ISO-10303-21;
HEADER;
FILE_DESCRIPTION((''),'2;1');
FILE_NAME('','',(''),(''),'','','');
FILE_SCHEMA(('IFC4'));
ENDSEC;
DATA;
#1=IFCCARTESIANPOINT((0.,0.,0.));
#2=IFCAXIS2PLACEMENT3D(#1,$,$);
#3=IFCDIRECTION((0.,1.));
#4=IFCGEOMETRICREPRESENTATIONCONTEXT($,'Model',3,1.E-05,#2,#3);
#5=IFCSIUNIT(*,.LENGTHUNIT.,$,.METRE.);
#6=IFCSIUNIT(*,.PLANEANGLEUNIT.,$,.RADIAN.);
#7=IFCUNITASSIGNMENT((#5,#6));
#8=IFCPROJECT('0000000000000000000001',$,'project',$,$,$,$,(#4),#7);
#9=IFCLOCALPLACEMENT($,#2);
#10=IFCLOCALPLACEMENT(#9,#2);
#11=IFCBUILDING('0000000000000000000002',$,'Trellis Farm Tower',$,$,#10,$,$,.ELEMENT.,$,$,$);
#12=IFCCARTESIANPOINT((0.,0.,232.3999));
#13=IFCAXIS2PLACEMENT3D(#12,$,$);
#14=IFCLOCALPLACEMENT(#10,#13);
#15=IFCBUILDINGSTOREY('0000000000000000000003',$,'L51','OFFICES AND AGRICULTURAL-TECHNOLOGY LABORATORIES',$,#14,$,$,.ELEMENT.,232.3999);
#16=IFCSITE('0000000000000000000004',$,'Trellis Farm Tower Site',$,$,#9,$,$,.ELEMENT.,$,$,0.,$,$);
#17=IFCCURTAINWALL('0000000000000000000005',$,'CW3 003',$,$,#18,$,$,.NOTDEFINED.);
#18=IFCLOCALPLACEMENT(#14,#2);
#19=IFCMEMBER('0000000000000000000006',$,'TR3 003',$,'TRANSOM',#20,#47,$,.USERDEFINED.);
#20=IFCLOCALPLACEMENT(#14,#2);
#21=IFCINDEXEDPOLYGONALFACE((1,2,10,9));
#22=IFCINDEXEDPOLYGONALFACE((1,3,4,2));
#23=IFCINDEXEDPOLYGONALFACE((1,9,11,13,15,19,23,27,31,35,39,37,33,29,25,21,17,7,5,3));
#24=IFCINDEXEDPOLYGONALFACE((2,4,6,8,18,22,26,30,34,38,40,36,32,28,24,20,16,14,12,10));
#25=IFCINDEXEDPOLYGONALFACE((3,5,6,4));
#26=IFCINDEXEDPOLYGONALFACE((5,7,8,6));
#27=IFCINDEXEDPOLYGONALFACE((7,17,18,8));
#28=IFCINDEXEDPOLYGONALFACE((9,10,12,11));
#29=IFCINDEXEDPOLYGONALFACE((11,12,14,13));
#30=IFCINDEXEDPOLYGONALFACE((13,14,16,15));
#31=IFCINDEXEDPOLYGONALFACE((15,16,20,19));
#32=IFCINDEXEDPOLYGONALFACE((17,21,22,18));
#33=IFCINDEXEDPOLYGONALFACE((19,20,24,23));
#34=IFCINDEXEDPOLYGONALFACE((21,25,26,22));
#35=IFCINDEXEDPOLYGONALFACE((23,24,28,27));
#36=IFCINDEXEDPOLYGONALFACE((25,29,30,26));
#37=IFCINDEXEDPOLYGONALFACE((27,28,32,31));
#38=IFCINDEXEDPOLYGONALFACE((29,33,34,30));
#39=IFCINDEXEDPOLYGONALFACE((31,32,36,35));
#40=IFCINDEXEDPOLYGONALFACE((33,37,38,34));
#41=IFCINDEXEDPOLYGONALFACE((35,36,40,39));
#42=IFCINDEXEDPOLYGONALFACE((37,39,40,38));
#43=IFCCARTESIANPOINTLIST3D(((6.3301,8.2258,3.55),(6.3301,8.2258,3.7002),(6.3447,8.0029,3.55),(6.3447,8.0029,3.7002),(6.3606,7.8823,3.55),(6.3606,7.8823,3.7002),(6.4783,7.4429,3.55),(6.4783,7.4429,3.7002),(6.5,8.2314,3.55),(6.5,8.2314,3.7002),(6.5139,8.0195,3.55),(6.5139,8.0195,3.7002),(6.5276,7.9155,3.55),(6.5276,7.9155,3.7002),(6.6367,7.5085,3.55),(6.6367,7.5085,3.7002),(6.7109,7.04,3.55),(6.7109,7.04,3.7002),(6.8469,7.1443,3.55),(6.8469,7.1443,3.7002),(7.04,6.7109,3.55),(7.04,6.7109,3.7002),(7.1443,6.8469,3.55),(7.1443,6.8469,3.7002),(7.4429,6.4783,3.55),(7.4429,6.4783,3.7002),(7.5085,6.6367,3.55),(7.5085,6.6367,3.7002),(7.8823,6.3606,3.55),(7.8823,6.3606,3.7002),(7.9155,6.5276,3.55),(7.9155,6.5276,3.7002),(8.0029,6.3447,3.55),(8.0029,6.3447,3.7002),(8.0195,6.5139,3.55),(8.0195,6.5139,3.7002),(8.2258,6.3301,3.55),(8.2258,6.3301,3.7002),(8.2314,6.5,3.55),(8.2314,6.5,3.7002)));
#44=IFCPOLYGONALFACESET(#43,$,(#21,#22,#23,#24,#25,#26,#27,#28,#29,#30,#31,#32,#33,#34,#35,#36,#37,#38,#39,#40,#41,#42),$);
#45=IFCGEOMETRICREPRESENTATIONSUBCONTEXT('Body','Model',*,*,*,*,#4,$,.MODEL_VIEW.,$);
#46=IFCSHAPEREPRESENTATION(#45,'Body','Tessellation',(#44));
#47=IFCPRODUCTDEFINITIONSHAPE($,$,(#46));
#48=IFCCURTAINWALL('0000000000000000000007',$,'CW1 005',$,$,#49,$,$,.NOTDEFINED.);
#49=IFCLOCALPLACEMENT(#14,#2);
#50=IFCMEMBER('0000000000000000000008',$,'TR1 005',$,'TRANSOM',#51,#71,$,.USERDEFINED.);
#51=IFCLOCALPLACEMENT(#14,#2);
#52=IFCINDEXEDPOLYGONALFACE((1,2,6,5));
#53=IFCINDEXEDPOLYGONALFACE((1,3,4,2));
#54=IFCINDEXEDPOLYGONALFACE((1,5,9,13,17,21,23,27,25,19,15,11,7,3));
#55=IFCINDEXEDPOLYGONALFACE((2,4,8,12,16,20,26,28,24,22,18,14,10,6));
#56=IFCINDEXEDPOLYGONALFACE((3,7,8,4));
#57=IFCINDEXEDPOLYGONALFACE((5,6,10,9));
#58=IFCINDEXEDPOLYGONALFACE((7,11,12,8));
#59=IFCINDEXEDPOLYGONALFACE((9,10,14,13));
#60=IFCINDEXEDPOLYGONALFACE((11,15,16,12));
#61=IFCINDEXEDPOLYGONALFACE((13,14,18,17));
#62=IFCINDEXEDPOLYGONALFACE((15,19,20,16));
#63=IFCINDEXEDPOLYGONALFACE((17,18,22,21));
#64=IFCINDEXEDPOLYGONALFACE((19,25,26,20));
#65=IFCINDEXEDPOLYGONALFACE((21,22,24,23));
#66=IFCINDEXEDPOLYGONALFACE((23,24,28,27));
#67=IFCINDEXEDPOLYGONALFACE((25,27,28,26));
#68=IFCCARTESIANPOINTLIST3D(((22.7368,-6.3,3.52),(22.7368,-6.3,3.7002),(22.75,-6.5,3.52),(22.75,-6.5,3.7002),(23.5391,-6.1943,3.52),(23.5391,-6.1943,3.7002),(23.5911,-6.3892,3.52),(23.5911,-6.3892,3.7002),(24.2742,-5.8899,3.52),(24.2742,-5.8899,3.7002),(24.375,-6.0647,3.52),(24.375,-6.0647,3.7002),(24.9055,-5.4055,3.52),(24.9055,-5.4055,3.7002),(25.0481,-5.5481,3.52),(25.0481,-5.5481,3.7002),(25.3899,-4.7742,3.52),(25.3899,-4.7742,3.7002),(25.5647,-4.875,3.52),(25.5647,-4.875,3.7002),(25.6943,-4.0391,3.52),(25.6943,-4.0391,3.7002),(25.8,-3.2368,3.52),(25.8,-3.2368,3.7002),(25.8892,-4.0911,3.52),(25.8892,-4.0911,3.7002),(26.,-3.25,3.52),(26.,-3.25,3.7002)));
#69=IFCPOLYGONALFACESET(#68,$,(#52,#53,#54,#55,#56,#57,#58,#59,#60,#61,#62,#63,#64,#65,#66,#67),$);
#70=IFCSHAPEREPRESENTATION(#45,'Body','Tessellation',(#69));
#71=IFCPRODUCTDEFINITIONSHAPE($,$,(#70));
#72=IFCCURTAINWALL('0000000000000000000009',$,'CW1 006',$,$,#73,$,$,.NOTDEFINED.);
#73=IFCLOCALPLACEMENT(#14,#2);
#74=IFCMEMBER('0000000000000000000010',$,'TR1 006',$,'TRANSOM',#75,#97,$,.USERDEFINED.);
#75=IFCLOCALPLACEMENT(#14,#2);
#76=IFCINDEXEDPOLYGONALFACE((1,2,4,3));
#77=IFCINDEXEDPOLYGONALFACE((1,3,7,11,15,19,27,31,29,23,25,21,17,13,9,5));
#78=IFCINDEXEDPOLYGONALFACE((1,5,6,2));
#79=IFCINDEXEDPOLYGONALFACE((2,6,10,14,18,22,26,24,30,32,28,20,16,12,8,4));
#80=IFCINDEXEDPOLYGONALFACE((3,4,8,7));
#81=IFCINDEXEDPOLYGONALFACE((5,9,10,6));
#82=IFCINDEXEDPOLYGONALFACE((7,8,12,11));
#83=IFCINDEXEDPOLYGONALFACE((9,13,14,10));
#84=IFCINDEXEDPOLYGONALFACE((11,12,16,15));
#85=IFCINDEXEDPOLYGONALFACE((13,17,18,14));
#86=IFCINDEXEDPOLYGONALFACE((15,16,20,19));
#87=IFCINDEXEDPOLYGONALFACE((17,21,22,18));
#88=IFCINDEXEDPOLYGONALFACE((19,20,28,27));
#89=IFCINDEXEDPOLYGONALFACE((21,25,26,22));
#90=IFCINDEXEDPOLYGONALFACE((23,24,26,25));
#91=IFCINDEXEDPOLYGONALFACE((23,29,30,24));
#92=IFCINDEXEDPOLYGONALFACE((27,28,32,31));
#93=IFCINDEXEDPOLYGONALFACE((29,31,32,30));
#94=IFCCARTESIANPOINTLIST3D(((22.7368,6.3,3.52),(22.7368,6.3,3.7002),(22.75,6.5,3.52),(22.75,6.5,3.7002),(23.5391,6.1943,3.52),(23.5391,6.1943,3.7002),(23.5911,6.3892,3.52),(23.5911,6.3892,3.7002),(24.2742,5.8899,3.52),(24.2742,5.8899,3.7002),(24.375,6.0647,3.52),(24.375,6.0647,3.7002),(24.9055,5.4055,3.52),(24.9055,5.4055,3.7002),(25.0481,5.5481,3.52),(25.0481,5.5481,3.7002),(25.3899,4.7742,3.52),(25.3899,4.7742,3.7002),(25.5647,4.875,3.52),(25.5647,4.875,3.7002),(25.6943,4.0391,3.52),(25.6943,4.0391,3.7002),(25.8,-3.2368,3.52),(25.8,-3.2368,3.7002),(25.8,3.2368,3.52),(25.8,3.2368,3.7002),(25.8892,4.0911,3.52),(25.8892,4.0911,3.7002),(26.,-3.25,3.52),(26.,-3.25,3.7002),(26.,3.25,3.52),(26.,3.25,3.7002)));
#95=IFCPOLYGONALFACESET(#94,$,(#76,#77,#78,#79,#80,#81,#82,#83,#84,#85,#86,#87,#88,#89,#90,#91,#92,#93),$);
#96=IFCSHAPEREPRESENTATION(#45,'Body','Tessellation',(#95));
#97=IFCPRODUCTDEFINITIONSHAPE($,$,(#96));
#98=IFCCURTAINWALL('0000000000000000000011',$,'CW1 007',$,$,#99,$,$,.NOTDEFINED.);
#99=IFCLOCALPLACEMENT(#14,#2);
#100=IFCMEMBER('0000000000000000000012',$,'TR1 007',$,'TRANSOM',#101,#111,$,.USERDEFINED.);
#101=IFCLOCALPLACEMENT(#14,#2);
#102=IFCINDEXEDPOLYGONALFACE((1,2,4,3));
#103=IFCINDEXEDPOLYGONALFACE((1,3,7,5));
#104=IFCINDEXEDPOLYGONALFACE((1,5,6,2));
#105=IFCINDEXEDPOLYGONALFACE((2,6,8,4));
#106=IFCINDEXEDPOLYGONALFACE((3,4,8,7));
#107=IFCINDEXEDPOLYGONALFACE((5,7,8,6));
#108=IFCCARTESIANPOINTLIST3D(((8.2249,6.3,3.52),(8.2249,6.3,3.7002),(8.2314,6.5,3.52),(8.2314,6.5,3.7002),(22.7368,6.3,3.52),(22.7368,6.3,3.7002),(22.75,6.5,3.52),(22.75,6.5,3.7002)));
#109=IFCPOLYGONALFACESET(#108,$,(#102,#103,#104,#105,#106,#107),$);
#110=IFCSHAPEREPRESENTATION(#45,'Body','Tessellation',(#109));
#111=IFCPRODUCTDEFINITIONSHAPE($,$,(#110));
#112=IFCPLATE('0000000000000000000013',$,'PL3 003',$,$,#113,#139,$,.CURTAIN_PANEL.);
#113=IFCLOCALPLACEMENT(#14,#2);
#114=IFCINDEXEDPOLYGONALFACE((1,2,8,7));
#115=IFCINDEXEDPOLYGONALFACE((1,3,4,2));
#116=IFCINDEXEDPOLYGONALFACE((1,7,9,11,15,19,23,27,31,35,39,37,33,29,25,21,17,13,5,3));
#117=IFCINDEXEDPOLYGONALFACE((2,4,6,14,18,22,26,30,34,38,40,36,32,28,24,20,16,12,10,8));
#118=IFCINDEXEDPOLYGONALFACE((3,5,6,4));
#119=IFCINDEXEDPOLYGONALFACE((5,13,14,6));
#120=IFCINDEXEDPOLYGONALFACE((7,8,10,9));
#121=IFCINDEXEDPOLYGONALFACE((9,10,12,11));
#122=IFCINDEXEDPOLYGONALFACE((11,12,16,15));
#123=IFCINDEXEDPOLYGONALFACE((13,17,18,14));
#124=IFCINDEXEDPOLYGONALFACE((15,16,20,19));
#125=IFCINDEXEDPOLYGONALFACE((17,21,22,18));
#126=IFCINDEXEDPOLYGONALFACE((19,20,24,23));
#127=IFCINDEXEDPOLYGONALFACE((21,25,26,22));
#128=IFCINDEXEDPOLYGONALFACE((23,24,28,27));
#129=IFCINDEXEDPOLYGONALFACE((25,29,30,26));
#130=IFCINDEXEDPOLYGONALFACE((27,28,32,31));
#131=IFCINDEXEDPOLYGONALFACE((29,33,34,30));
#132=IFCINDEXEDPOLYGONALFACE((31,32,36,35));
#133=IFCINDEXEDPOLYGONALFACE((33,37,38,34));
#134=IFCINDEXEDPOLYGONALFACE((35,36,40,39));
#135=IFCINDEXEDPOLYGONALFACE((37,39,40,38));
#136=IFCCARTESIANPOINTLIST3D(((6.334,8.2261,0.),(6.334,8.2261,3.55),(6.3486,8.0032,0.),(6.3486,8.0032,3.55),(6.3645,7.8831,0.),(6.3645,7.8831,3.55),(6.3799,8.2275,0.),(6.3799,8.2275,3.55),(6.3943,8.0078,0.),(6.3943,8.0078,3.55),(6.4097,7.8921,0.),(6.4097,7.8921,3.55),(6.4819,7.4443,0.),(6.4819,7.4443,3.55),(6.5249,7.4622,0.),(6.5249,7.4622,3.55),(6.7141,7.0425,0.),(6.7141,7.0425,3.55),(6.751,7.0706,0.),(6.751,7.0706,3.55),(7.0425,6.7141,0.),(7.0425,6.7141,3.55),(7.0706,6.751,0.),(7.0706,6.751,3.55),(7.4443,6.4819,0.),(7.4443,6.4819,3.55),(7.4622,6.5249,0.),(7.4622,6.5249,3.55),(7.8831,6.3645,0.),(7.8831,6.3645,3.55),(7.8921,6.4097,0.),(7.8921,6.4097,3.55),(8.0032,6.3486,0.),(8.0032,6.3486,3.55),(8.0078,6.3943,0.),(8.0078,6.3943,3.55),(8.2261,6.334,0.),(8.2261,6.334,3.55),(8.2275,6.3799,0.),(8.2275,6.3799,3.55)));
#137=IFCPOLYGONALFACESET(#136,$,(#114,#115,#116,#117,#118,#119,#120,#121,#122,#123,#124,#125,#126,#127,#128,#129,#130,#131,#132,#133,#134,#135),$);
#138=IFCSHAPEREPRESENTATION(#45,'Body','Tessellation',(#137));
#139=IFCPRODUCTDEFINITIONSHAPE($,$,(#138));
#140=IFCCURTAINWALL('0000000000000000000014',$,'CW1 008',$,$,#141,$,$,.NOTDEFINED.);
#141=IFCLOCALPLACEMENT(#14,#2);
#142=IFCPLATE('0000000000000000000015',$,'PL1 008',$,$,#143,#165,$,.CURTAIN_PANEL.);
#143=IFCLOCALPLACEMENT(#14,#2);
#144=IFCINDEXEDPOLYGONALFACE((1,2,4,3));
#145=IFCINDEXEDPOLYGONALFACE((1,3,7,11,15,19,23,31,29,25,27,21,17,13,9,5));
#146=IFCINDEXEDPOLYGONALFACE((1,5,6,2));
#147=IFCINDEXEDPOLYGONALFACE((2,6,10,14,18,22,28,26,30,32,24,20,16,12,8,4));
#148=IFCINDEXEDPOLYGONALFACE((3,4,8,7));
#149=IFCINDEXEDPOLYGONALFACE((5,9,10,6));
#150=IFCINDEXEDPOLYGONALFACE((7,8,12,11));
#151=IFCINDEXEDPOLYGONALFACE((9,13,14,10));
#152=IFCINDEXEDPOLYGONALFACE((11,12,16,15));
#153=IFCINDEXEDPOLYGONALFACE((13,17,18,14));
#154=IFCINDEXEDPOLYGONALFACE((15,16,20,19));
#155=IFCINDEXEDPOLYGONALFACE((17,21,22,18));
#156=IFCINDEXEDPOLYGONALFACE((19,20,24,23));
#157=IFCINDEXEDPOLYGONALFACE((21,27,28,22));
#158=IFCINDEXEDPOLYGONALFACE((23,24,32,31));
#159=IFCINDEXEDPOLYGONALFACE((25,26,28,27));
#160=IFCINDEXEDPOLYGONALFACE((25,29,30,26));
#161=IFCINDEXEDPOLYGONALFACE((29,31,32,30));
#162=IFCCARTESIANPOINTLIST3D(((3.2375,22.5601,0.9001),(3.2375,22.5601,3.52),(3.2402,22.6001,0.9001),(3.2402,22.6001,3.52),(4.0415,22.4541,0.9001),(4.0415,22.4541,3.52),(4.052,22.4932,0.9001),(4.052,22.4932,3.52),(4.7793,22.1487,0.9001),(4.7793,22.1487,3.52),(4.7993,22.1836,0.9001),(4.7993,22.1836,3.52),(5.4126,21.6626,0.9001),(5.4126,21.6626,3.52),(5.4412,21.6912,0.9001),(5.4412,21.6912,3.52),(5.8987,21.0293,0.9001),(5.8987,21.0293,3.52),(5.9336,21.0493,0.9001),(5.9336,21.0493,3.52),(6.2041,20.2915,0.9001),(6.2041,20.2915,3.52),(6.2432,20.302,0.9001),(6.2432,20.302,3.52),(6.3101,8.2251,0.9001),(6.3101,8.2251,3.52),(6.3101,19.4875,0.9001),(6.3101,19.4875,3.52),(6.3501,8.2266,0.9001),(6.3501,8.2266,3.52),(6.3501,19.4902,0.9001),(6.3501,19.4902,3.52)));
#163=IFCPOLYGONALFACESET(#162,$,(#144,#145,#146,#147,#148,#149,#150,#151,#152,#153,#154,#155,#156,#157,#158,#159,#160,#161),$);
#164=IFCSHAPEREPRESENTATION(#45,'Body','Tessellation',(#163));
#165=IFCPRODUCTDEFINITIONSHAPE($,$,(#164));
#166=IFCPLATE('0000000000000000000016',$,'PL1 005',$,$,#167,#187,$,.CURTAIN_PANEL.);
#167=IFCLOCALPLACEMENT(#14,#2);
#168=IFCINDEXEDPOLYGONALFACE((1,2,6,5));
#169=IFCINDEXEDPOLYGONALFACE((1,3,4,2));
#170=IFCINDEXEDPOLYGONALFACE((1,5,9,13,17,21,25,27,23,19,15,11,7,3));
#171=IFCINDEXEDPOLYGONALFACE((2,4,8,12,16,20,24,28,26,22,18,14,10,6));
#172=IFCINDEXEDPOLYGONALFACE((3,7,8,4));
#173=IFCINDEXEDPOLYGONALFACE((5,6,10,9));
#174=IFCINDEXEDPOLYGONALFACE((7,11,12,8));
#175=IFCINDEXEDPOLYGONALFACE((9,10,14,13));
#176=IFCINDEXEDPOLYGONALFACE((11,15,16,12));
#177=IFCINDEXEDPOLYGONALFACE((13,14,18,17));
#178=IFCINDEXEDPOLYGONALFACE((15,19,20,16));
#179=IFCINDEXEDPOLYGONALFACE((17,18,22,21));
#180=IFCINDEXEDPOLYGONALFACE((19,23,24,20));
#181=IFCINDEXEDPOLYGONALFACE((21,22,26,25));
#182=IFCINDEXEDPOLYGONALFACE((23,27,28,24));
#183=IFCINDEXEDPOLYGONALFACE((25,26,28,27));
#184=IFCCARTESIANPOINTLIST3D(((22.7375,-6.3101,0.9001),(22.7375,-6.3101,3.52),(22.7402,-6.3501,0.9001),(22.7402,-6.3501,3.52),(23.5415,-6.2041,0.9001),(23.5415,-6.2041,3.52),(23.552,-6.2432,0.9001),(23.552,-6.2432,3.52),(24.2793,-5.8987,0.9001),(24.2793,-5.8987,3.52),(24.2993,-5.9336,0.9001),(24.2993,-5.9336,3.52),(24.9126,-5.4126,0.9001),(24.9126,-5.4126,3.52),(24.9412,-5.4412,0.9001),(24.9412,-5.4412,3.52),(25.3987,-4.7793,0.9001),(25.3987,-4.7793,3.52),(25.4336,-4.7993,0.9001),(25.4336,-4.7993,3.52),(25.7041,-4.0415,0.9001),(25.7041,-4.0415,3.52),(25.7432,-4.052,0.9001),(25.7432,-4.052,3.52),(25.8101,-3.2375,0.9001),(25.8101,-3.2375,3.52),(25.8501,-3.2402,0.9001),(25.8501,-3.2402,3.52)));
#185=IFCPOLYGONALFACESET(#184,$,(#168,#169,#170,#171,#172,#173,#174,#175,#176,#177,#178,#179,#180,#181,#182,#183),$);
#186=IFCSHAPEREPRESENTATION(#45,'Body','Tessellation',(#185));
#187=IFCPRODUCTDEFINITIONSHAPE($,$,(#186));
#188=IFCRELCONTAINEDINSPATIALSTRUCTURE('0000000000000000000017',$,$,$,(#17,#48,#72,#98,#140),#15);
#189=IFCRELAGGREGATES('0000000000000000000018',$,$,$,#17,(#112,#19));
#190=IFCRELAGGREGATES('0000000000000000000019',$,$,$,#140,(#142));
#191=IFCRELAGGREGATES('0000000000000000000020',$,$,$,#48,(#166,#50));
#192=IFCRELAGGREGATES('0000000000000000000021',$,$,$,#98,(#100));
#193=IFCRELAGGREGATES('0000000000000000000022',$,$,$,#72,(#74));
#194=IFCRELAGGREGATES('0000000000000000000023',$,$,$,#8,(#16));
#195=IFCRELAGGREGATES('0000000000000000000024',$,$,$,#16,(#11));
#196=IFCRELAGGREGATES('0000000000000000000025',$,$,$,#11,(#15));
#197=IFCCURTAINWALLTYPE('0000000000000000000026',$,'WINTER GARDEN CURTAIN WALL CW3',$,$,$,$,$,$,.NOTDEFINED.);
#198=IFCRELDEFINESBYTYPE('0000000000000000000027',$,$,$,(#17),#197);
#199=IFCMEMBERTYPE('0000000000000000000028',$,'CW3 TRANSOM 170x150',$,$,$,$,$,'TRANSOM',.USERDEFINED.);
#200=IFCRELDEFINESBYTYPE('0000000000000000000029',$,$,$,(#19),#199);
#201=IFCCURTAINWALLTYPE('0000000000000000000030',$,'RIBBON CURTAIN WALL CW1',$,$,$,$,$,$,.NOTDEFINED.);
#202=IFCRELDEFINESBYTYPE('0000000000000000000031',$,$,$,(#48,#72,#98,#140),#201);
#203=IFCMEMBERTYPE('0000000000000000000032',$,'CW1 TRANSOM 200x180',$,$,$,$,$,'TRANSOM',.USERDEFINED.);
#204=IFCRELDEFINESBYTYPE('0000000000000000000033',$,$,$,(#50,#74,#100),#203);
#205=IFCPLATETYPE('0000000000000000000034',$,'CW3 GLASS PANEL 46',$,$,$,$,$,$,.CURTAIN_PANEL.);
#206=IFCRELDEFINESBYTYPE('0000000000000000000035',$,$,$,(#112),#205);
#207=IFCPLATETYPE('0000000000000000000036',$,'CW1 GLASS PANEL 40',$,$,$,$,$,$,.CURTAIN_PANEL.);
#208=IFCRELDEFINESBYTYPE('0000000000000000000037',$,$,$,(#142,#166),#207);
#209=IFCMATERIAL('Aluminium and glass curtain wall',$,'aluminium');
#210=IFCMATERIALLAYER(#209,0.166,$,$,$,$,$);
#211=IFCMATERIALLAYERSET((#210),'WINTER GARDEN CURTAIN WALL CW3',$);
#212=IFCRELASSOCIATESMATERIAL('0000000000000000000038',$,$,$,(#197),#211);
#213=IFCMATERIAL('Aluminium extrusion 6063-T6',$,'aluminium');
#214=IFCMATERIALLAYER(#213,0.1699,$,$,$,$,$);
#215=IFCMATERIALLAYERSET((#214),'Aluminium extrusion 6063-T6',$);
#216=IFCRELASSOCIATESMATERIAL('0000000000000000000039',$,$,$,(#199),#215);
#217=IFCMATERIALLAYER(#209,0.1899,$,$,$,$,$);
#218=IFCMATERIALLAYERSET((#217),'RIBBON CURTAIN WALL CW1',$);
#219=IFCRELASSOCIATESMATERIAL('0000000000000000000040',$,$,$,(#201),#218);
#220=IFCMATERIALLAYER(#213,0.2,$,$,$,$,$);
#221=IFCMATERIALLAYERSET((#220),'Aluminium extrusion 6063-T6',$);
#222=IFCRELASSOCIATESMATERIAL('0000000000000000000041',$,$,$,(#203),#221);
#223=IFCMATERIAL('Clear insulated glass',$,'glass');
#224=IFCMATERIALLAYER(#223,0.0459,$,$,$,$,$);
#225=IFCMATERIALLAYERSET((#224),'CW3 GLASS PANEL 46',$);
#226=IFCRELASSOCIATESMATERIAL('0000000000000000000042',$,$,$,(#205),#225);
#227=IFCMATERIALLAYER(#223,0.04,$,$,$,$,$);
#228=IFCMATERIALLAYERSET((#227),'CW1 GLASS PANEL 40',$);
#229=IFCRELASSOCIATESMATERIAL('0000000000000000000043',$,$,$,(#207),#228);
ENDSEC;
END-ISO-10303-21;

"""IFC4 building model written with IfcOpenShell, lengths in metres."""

from ifc_helpers import new_model, si_unit, direction, frame, origin, place, context, subcontext, project, spatial, polyline, outline, extrude, source, transform, mapped, material, layer, layer_set, type_object, element, aggregate, save


model = new_model("IFC4")

# Units and contexts
model_context = context("Model", 3, precision=1e-05, world=origin(), true_north=direction((0.0, 1.0)))
body_context = subcontext(model_context, "Body", "Model", "MODEL_VIEW")
ifc_project = project(units=[si_unit("LENGTHUNIT", "METRE"), si_unit("PLANEANGLEUNIT", "RADIAN")], contexts=[model_context])

# Site, building, storey
site_placement = place(None, origin())
site = spatial("IfcSite", under=ifc_project, at=site_placement, Name="Trellis Farm Tower Site", CompositionType="ELEMENT", RefElevation=0.0)
building_placement = place(site_placement, origin())
building = spatial("IfcBuilding", under=site, at=building_placement, Name="Trellis Farm Tower", CompositionType="ELEMENT")
storey_placement = place(building_placement, frame((0.0, 0.0, 232.3999)))
storey = spatial("IfcBuildingStorey", under=building, at=storey_placement, Name="L51", Description="OFFICES AND AGRICULTURAL-TECHNOLOGY LABORATORIES", CompositionType="ELEMENT", Elevation=232.3999)

# Curtain walls, members
ifc_material_1 = material(Name="Aluminium and glass curtain wall", Category="aluminium")
ifc_layer_1 = layer(ifc_material_1, 0.166)
ifc_layer_set_1 = layer_set([ifc_layer_1], Name="WINTER GARDEN CURTAIN WALL CW3")
curtain_wall_type_1 = type_object("IfcCurtainWallType", Name="WINTER GARDEN CURTAIN WALL CW3", PredefinedType="NOTDEFINED", material=ifc_layer_set_1)
placement_1 = place(storey_placement, origin())
curtain_wall_1 = element("IfcCurtainWall", 1, at=placement_1, inside=storey, type_object=curtain_wall_type_1, Name="CW3 003", PredefinedType="NOTDEFINED")
ifc_material_2 = material(Name="Aluminium extrusion 6063-T6", Category="aluminium")
ifc_layer_2 = layer(ifc_material_2, 0.1699)
ifc_layer_set_2 = layer_set([ifc_layer_2], Name="Aluminium extrusion 6063-T6")
member_type_1 = type_object("IfcMemberType", Name="CW3 TRANSOM 170x150", ElementType="TRANSOM", PredefinedType="USERDEFINED", material=ifc_layer_set_2)
shared_shape_1 = source(origin(), body_context, "Body", "SweptSolid", [
    extrude(outline(polyline([(8.2314, 6.5), (8.0195, 6.5139), (7.9155, 6.5276), (7.5085, 6.6367), (7.1443, 6.8469), (6.8469, 7.1443), (6.6367, 7.5085), (6.5276, 7.9155), (6.5139, 8.0195), (6.5, 8.2314), (6.3301, 8.2258), (6.3447, 8.0029), (6.3606, 7.8823), (6.4783, 7.4429), (6.7109, 7.04), (7.04, 6.7109), (7.4429, 6.4783), (7.8823, 6.3606), (8.0029, 6.3447), (8.2258, 6.3301), (8.2314, 6.5)])), origin(), (0.0, 0.0, 1.0), 0.1501),
])
member_1_placement = place(storey_placement, frame((0.0, 0.0, 3.55)))
member_1 = element("IfcMember", 2, at=member_1_placement, type_object=member_type_1, Name="TR3 003", ObjectType="TRANSOM", PredefinedType="USERDEFINED", context=body_context, shape_type="MappedRepresentation", body=[
    mapped(shared_shape_1, transform((0.0, 0.0, 0.0))),
])
ifc_layer_3 = layer(ifc_material_1, 0.1899)
ifc_layer_set_3 = layer_set([ifc_layer_3], Name="RIBBON CURTAIN WALL CW1")
curtain_wall_type_2 = type_object("IfcCurtainWallType", Name="RIBBON CURTAIN WALL CW1", PredefinedType="NOTDEFINED", material=ifc_layer_set_3)
curtain_wall_2 = element("IfcCurtainWall", 3, at=placement_1, inside=storey, type_object=curtain_wall_type_2, Name="CW1 005", PredefinedType="NOTDEFINED")
ifc_layer_4 = layer(ifc_material_2, 0.2)
ifc_layer_set_4 = layer_set([ifc_layer_4], Name="Aluminium extrusion 6063-T6")
member_type_2 = type_object("IfcMemberType", Name="CW1 TRANSOM 200x180", ElementType="TRANSOM", PredefinedType="USERDEFINED", material=ifc_layer_set_4)
shared_shape_2 = source(origin(), body_context, "Body", "SweptSolid", [
    extrude(outline(polyline([(22.75, -6.5), (23.5911, -6.3892), (24.375, -6.0647), (25.0481, -5.5481), (25.5647, -4.875), (25.8892, -4.0911), (26.0, -3.25), (25.8, -3.2368), (25.6943, -4.0391), (25.3899, -4.7742), (24.9055, -5.4055), (24.2742, -5.8899), (23.5391, -6.1943), (22.7368, -6.3), (22.75, -6.5)])), origin(), (0.0, 0.0, 1.0), 0.1802),
])
placement_2 = place(storey_placement, frame((0.0, 0.0, 3.52)))
member_2 = element("IfcMember", 4, at=placement_2, type_object=member_type_2, Name="TR1 005", ObjectType="TRANSOM", PredefinedType="USERDEFINED", context=body_context, shape_type="MappedRepresentation", body=[
    mapped(shared_shape_2, transform((0.0, 0.0, 0.0))),
])
curtain_wall_3 = element("IfcCurtainWall", 5, at=placement_1, inside=storey, type_object=curtain_wall_type_2, Name="CW1 006", PredefinedType="NOTDEFINED")
shared_shape_3 = source(origin(), body_context, "Body", "SweptSolid", [
    extrude(outline(polyline([(26.0, -3.25), (26.0, 3.25), (25.8892, 4.0911), (25.5647, 4.875), (25.0481, 5.5481), (24.375, 6.0647), (23.5911, 6.3892), (22.75, 6.5), (22.7368, 6.3), (23.5391, 6.1943), (24.2742, 5.8899), (24.9055, 5.4055), (25.3899, 4.7742), (25.6943, 4.0391), (25.8, 3.2368), (25.8, -3.2368), (26.0, -3.25)])), origin(), (0.0, 0.0, 1.0), 0.1802),
])
member_3 = element("IfcMember", 6, at=placement_2, type_object=member_type_2, Name="TR1 006", ObjectType="TRANSOM", PredefinedType="USERDEFINED", context=body_context, shape_type="MappedRepresentation", body=[
    mapped(shared_shape_3, transform((0.0, 0.0, 0.0))),
])
curtain_wall_4 = element("IfcCurtainWall", 7, at=placement_1, inside=storey, type_object=curtain_wall_type_2, Name="CW1 007", PredefinedType="NOTDEFINED")
shared_shape_4 = source(origin(), body_context, "Body", "SweptSolid", [
    extrude(outline(polyline([(22.75, 6.5), (8.2314, 6.5), (8.2249, 6.3), (22.7368, 6.3), (22.75, 6.5)])), origin(), (0.0, 0.0, 1.0), 0.1802),
])
member_4 = element("IfcMember", 8, at=placement_2, type_object=member_type_2, Name="TR1 007", ObjectType="TRANSOM", PredefinedType="USERDEFINED", context=body_context, shape_type="MappedRepresentation", body=[
    mapped(shared_shape_4, transform((0.0, 0.0, 0.0))),
])

# Plate
ifc_material_3 = material(Name="Clear insulated glass", Category="glass")
ifc_layer_5 = layer(ifc_material_3, 0.0459)
ifc_layer_set_5 = layer_set([ifc_layer_5], Name="CW3 GLASS PANEL 46")
plate_type_1 = type_object("IfcPlateType", Name="CW3 GLASS PANEL 46", PredefinedType="CURTAIN_PANEL", material=ifc_layer_set_5)
shared_shape_5 = source(origin(), body_context, "Body", "SweptSolid", [
    extrude(outline(polyline([(8.2275, 6.3799), (8.0078, 6.3943), (7.8921, 6.4097), (7.4622, 6.5249), (7.0706, 6.751), (6.751, 7.0706), (6.5249, 7.4622), (6.4097, 7.8921), (6.3943, 8.0078), (6.3799, 8.2275), (6.334, 8.2261), (6.3486, 8.0032), (6.3645, 7.8831), (6.4819, 7.4443), (6.7141, 7.0425), (7.0425, 6.7141), (7.4443, 6.4819), (7.8831, 6.3645), (8.0032, 6.3486), (8.2261, 6.334), (8.2275, 6.3799)])), origin(), (0.0, 0.0, 1.0), 3.55),
])
plate_1 = element("IfcPlate", 9, at=placement_1, type_object=plate_type_1, Name="PL3 003", PredefinedType="CURTAIN_PANEL", context=body_context, shape_type="MappedRepresentation", body=[
    mapped(shared_shape_5, transform((0.0, 0.0, 0.0))),
])
aggregate(curtain_wall_1, [plate_1, member_1])

# Curtain wall, plate
curtain_wall_5 = element("IfcCurtainWall", 10, at=placement_1, inside=storey, type_object=curtain_wall_type_2, Name="CW1 008", PredefinedType="NOTDEFINED")
ifc_layer_6 = layer(ifc_material_3, 0.04)
ifc_layer_set_6 = layer_set([ifc_layer_6], Name="CW1 GLASS PANEL 40")
plate_type_2 = type_object("IfcPlateType", Name="CW1 GLASS PANEL 40", PredefinedType="CURTAIN_PANEL", material=ifc_layer_set_6)
shared_shape_6 = source(origin(), body_context, "Body", "SweptSolid", [
    extrude(outline(polyline([(6.3501, 8.2266), (6.3501, 19.4902), (6.2432, 20.302), (5.9336, 21.0493), (5.4412, 21.6912), (4.7993, 22.1836), (4.052, 22.4932), (3.2402, 22.6001), (3.2375, 22.5601), (4.0415, 22.4541), (4.7793, 22.1487), (5.4126, 21.6626), (5.8987, 21.0293), (6.2041, 20.2915), (6.3101, 19.4875), (6.3101, 8.2251), (6.3501, 8.2266)])), origin(), (0.0, 0.0, 1.0), 2.6199),
])
placement_3 = place(storey_placement, frame((0.0, 0.0, 0.9001)))
plate_2 = element("IfcPlate", 11, at=placement_3, type_object=plate_type_2, Name="PL1 008", PredefinedType="CURTAIN_PANEL", context=body_context, shape_type="MappedRepresentation", body=[
    mapped(shared_shape_6, transform((0.0, 0.0, 0.0))),
])
aggregate(curtain_wall_5, [plate_2])

# Plate
shared_shape_7 = source(origin(), body_context, "Body", "SweptSolid", [
    extrude(outline(polyline([(22.7402, -6.3501), (23.552, -6.2432), (24.2993, -5.9336), (24.9412, -5.4412), (25.4336, -4.7993), (25.7432, -4.052), (25.8501, -3.2402), (25.8101, -3.2375), (25.7041, -4.0415), (25.3987, -4.7793), (24.9126, -5.4126), (24.2793, -5.8987), (23.5415, -6.2041), (22.7375, -6.3101), (22.7402, -6.3501)])), origin(), (0.0, 0.0, 1.0), 2.6199),
])
plate_3 = element("IfcPlate", 12, at=placement_3, type_object=plate_type_2, Name="PL1 005", PredefinedType="CURTAIN_PANEL", context=body_context, shape_type="MappedRepresentation", body=[
    mapped(shared_shape_7, transform((0.0, 0.0, 0.0))),
])
aggregate(curtain_wall_2, [plate_3, member_2])
aggregate(curtain_wall_4, [member_4])
aggregate(curtain_wall_3, [member_3])

save(model, "model.ifc")
